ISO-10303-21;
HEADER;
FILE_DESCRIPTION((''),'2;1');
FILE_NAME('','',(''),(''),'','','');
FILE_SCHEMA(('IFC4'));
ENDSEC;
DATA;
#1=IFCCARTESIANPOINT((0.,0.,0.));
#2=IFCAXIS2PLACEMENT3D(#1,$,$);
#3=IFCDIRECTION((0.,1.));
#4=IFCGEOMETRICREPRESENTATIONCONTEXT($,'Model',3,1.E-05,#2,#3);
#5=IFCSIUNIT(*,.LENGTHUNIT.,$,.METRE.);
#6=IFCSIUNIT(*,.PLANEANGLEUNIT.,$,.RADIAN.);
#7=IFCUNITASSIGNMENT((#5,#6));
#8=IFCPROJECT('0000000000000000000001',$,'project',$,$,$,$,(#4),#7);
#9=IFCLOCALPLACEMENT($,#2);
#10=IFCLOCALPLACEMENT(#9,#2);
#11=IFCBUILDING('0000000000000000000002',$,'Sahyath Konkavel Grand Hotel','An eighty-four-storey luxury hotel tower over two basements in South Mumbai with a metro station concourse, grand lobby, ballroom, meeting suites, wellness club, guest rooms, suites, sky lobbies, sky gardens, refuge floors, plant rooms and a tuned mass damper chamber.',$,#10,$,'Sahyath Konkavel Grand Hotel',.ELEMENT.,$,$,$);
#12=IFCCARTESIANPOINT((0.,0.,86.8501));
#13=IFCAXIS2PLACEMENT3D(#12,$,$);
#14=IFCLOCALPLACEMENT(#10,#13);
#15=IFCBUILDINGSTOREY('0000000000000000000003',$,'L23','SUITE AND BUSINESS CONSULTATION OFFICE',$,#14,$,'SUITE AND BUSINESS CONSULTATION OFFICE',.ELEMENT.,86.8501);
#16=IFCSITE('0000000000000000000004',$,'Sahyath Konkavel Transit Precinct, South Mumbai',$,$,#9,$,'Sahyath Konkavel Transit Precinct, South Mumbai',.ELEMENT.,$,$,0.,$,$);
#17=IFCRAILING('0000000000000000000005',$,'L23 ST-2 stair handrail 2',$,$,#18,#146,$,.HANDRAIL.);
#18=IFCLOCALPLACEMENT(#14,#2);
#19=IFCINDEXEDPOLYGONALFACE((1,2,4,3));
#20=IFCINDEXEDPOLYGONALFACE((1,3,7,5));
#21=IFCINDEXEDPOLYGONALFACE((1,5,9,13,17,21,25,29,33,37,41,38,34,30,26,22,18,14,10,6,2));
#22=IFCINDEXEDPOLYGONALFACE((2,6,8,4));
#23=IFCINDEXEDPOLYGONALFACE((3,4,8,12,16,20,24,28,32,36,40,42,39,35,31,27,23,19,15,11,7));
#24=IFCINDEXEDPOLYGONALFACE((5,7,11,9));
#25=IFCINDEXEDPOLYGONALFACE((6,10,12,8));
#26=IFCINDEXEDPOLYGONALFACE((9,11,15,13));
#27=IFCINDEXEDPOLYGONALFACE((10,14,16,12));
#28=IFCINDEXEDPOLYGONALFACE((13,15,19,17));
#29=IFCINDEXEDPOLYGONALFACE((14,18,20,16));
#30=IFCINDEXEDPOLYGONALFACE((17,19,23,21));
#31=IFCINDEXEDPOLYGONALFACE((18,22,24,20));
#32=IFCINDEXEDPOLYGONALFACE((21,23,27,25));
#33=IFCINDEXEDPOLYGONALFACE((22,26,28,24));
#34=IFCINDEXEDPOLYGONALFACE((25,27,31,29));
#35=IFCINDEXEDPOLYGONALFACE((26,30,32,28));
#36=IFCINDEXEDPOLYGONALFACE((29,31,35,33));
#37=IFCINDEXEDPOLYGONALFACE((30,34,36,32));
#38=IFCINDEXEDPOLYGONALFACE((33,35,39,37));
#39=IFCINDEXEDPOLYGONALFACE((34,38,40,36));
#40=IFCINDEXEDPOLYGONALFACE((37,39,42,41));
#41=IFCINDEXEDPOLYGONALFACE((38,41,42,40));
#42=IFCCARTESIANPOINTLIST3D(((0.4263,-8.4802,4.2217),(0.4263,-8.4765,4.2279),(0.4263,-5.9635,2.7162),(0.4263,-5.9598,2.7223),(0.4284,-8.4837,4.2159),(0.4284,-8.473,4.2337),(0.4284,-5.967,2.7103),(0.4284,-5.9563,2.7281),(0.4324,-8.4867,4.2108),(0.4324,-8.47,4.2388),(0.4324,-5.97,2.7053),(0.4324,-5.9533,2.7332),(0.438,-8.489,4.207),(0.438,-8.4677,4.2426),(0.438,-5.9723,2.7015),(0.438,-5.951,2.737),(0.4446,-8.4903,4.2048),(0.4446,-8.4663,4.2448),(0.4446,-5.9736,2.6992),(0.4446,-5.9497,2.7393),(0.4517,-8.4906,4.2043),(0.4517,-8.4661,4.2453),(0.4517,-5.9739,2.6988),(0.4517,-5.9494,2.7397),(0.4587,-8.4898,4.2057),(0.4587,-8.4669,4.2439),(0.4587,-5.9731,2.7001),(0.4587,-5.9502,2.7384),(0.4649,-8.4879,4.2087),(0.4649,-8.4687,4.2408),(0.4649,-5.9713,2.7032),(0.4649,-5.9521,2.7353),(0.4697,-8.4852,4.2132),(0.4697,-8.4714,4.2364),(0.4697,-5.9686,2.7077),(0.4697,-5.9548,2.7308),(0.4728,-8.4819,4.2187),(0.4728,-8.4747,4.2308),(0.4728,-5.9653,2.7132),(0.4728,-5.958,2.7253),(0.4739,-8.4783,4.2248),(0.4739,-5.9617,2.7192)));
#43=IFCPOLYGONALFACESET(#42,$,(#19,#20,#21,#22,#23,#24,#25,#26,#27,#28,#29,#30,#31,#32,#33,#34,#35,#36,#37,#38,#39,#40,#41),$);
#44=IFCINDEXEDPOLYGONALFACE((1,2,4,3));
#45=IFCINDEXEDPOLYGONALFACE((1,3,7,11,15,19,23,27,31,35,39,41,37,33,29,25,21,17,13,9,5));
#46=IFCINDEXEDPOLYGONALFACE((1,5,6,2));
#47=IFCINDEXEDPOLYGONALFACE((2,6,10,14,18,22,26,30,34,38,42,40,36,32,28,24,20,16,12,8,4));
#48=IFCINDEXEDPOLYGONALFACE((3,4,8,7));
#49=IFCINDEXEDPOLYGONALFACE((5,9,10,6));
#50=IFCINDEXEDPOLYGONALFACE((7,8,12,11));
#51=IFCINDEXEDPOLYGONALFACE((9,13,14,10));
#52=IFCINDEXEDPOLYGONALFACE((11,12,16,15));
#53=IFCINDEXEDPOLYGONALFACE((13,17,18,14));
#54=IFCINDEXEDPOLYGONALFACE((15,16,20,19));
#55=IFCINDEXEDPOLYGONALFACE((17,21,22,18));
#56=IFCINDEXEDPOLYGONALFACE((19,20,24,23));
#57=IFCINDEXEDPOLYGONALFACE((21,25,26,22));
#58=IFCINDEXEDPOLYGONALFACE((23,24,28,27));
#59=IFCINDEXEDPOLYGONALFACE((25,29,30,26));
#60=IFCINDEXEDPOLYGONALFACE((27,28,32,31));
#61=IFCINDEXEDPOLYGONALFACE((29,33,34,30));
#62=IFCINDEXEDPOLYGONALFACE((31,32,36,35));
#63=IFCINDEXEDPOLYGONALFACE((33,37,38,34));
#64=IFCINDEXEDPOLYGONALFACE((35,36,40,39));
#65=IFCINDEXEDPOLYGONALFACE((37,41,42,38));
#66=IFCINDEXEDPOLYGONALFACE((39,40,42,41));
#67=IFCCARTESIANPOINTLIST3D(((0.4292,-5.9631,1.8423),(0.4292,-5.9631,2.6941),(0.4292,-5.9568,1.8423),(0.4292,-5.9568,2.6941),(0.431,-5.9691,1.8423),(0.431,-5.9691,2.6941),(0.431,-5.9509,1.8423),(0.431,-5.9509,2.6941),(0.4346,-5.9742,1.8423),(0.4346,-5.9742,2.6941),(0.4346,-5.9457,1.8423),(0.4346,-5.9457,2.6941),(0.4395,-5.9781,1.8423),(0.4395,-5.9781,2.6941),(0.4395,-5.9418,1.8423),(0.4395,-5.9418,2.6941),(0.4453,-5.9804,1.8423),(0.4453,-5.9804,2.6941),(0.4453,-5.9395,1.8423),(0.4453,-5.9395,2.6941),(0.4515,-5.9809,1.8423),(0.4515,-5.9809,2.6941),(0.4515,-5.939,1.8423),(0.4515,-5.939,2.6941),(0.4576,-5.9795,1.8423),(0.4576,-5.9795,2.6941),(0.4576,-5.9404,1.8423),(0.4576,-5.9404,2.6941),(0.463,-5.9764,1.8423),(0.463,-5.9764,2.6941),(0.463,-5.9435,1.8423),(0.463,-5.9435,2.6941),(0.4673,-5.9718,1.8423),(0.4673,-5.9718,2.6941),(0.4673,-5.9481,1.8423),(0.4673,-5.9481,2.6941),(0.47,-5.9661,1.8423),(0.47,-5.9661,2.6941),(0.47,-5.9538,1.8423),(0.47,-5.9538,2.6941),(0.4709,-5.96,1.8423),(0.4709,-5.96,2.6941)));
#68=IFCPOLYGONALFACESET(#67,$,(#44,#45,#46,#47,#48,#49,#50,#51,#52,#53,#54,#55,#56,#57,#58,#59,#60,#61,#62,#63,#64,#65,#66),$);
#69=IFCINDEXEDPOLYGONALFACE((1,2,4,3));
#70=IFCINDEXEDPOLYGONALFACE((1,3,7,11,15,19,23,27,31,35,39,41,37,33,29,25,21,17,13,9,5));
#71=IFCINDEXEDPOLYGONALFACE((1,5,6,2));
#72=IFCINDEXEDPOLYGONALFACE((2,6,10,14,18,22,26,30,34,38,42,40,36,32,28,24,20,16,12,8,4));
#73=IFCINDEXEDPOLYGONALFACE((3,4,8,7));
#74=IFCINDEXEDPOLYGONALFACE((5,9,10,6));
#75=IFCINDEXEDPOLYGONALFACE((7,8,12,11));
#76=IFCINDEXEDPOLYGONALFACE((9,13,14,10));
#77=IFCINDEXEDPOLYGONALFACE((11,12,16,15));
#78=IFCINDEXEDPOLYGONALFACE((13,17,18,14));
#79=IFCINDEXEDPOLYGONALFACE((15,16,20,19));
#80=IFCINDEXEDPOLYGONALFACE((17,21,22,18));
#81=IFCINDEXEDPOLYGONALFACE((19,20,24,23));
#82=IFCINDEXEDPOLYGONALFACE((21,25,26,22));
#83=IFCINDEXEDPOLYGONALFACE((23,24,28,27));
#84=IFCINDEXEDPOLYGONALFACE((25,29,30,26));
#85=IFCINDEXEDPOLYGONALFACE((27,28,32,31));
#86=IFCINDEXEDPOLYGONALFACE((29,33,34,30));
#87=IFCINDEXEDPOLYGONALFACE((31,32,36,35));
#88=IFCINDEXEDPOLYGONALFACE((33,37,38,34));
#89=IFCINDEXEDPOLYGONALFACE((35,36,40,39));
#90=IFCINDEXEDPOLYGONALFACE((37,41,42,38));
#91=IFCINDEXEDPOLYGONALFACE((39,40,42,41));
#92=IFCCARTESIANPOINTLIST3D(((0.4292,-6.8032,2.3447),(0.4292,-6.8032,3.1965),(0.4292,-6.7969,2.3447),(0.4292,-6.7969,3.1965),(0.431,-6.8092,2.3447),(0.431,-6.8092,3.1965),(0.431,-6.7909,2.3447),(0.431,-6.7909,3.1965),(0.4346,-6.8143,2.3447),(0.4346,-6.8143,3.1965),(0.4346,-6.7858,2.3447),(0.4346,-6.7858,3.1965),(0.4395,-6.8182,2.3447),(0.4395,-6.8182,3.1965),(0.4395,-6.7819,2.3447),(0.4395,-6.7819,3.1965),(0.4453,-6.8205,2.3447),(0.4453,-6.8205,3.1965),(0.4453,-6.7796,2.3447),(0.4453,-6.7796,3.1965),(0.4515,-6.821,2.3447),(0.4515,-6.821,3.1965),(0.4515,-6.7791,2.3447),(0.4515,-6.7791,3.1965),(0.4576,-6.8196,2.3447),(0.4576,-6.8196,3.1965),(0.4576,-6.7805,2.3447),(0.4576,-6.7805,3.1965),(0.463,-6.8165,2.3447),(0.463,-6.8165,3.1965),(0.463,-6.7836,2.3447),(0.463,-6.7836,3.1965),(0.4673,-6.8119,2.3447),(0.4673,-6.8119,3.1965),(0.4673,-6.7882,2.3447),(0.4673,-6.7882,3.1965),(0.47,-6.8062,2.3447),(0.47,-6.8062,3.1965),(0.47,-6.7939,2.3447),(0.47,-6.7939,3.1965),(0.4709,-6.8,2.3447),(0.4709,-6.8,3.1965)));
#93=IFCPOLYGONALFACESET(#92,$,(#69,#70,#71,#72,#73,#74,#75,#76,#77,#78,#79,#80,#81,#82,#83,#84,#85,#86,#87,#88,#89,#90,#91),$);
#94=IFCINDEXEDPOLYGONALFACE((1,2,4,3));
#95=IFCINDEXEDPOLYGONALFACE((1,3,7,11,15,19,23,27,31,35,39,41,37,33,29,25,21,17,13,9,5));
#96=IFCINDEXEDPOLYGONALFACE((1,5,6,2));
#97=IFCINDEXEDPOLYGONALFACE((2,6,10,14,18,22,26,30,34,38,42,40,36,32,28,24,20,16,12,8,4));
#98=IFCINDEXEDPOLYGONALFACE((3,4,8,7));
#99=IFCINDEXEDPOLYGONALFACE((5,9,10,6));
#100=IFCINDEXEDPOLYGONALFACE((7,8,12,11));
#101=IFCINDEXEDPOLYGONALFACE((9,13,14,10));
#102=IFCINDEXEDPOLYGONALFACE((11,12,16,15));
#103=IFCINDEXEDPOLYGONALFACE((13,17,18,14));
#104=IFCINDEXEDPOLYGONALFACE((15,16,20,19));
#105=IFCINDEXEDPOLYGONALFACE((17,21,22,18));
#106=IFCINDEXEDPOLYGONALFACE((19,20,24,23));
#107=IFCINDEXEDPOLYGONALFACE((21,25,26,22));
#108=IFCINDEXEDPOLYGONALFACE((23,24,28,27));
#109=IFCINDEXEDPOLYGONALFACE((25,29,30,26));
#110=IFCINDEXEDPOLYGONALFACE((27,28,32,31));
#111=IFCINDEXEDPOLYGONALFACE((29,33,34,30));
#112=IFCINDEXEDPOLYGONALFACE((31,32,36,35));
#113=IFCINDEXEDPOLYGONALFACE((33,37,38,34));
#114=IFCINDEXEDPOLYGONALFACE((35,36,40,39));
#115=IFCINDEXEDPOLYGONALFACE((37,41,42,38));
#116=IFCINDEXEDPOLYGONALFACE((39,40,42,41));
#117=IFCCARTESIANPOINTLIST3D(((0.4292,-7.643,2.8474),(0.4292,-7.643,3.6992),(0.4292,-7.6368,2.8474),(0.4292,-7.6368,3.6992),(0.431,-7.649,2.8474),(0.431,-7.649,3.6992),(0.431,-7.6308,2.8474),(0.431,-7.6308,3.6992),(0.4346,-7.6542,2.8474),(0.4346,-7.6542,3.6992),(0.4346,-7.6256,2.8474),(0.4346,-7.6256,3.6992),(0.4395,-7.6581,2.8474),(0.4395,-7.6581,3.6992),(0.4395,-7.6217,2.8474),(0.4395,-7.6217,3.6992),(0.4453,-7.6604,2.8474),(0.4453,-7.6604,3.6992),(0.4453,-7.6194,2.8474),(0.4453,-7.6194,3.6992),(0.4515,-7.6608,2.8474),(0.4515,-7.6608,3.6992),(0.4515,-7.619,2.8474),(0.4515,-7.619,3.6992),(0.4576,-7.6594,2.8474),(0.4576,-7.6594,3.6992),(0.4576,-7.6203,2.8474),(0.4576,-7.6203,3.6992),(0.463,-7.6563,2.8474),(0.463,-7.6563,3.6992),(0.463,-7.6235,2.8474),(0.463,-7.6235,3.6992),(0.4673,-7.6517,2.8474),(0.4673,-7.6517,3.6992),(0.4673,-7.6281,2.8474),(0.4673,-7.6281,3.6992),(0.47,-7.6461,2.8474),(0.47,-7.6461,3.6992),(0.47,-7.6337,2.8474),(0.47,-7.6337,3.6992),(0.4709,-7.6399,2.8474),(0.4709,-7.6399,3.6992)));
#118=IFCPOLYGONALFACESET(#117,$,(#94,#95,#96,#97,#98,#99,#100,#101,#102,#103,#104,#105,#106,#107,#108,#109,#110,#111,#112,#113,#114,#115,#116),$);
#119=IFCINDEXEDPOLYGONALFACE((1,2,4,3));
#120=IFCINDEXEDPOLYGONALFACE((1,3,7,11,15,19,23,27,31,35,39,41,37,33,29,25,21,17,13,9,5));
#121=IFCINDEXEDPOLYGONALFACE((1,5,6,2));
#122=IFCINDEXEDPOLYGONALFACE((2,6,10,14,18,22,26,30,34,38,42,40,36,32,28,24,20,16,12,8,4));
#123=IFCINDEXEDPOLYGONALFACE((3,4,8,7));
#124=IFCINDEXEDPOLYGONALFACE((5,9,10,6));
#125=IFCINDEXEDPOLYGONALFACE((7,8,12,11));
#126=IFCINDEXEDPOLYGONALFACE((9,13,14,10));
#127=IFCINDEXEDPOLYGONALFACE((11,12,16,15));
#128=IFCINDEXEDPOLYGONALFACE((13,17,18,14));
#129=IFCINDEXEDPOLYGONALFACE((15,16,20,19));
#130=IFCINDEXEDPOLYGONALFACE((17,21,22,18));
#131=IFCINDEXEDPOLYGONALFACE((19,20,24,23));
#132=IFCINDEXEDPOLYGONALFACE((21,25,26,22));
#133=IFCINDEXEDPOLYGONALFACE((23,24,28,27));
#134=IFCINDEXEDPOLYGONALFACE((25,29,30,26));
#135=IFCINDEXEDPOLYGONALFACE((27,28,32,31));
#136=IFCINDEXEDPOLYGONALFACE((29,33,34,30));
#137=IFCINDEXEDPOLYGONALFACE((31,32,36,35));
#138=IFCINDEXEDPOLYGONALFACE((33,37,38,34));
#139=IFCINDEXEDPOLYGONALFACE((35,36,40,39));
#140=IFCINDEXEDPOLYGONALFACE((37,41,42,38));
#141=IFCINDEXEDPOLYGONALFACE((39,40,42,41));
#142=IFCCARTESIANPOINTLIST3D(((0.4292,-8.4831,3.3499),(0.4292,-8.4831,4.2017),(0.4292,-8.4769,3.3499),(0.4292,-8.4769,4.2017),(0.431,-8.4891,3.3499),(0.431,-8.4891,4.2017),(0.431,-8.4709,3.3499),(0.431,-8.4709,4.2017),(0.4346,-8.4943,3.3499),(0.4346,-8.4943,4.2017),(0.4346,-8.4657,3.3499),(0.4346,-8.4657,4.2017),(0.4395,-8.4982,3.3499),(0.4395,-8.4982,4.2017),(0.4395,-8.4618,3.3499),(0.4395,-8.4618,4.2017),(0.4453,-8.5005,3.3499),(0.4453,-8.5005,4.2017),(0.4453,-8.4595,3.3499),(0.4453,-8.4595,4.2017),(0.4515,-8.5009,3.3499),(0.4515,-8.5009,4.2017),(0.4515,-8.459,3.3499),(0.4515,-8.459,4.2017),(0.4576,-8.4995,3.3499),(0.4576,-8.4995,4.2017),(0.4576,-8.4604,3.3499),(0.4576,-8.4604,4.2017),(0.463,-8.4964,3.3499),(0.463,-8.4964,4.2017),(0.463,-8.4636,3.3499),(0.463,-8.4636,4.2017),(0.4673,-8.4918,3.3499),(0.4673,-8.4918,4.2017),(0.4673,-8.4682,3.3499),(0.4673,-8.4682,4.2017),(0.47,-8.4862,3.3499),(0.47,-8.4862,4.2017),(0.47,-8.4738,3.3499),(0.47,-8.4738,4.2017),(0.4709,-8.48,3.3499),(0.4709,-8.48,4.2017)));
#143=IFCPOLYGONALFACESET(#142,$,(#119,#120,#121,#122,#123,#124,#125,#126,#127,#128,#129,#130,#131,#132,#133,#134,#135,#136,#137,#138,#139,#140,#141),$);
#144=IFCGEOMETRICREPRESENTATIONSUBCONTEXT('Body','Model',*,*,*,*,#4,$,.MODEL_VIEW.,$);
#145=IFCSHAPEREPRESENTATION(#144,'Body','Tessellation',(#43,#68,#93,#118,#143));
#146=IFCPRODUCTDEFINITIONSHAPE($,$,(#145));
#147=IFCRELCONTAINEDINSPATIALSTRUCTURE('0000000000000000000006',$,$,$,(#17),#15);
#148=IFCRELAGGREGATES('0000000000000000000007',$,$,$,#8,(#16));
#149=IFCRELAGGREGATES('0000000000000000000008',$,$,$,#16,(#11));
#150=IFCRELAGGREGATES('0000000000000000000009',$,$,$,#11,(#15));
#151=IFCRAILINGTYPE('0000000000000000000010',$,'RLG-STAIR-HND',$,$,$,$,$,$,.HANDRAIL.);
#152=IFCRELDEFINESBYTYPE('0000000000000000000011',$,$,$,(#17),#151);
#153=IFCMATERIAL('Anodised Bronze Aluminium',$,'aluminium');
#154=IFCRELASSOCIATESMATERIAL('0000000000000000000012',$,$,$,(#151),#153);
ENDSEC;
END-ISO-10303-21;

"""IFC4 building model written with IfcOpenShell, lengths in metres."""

from ifc_helpers import new_model, si_unit, direction, frame, origin, origin_2d, place, context, subcontext, project, spatial, circle, extrude, material, type_object, element, save


model = new_model("IFC4")

# Units and contexts
model_context = context("Model", 3, precision=1e-05, world=origin(), true_north=direction((0.0, 1.0)))
body_context = subcontext(model_context, "Body", "Model", "MODEL_VIEW")
ifc_project = project(units=[si_unit("LENGTHUNIT", "METRE"), si_unit("PLANEANGLEUNIT", "RADIAN")], contexts=[model_context])

# Site, building, storey
site_placement = place(None, origin())
site = spatial("IfcSite", under=ifc_project, at=site_placement, Name="Sahyath Konkavel Transit Precinct, South Mumbai", LongName="Sahyath Konkavel Transit Precinct, South Mumbai", CompositionType="ELEMENT", RefElevation=0.0)
building_placement = place(site_placement, origin())
building = spatial("IfcBuilding", under=site, at=building_placement, Name="Sahyath Konkavel Grand Hotel", Description="An eighty-four-storey luxury hotel tower over two basements in South Mumbai with a metro station concourse, grand lobby, ballroom, meeting suites, wellness club, guest rooms, suites, sky lobbies, sky gardens, refuge floors, plant rooms and a tuned mass damper chamber.", LongName="Sahyath Konkavel Grand Hotel", CompositionType="ELEMENT")
storey_placement = place(building_placement, frame((0.0, 0.0, 86.8501)))
storey = spatial("IfcBuildingStorey", under=building, at=storey_placement, Name="L23", Description="SUITE AND BUSINESS CONSULTATION OFFICE", LongName="SUITE AND BUSINESS CONSULTATION OFFICE", CompositionType="ELEMENT", Elevation=86.8501)

# Shared definitions
ifc_material_1 = material(Name="Anodised Bronze Aluminium", Category="aluminium")

# Railing
railing_type_1 = type_object("IfcRailingType", Name="RLG-STAIR-HND", PredefinedType="HANDRAIL", material=ifc_material_1)
railing_1_placement = place(storey_placement, frame((0.45, -5.96, 1.8423)))
element("IfcRailing", 1, at=railing_1_placement, inside=storey, type_object=railing_type_1, Name="L23 ST-2 stair handrail 2", PredefinedType="HANDRAIL", context=body_context, shape_type="SweptSolid", body=[
    extrude(circle(Radius=0.0239, at=origin_2d()), frame((0.0, -0.0017, 0.877), z_axis=(0.0, -0.85816, 0.513383), x_axis=(1.0, 0.0, 0.0)), (0.0, 0.0, 1.0), 2.9326),
    extrude(circle(Radius=0.021, at=origin_2d()), origin(), (0.0, 0.0, 1.0), 0.8518),
    extrude(circle(Radius=0.021, at=origin_2d()), frame((0.0, -0.8401, 0.5024)), (0.0, 0.0, 1.0), 0.8518),
    extrude(circle(Radius=0.021, at=origin_2d()), frame((0.0, -1.6799, 1.0051)), (0.0, 0.0, 1.0), 0.8518),
    extrude(circle(Radius=0.021, at=origin_2d()), frame((0.0, -2.52, 1.5076)), (0.0, 0.0, 1.0), 0.8518),
])

save(model, "model.ifc")
